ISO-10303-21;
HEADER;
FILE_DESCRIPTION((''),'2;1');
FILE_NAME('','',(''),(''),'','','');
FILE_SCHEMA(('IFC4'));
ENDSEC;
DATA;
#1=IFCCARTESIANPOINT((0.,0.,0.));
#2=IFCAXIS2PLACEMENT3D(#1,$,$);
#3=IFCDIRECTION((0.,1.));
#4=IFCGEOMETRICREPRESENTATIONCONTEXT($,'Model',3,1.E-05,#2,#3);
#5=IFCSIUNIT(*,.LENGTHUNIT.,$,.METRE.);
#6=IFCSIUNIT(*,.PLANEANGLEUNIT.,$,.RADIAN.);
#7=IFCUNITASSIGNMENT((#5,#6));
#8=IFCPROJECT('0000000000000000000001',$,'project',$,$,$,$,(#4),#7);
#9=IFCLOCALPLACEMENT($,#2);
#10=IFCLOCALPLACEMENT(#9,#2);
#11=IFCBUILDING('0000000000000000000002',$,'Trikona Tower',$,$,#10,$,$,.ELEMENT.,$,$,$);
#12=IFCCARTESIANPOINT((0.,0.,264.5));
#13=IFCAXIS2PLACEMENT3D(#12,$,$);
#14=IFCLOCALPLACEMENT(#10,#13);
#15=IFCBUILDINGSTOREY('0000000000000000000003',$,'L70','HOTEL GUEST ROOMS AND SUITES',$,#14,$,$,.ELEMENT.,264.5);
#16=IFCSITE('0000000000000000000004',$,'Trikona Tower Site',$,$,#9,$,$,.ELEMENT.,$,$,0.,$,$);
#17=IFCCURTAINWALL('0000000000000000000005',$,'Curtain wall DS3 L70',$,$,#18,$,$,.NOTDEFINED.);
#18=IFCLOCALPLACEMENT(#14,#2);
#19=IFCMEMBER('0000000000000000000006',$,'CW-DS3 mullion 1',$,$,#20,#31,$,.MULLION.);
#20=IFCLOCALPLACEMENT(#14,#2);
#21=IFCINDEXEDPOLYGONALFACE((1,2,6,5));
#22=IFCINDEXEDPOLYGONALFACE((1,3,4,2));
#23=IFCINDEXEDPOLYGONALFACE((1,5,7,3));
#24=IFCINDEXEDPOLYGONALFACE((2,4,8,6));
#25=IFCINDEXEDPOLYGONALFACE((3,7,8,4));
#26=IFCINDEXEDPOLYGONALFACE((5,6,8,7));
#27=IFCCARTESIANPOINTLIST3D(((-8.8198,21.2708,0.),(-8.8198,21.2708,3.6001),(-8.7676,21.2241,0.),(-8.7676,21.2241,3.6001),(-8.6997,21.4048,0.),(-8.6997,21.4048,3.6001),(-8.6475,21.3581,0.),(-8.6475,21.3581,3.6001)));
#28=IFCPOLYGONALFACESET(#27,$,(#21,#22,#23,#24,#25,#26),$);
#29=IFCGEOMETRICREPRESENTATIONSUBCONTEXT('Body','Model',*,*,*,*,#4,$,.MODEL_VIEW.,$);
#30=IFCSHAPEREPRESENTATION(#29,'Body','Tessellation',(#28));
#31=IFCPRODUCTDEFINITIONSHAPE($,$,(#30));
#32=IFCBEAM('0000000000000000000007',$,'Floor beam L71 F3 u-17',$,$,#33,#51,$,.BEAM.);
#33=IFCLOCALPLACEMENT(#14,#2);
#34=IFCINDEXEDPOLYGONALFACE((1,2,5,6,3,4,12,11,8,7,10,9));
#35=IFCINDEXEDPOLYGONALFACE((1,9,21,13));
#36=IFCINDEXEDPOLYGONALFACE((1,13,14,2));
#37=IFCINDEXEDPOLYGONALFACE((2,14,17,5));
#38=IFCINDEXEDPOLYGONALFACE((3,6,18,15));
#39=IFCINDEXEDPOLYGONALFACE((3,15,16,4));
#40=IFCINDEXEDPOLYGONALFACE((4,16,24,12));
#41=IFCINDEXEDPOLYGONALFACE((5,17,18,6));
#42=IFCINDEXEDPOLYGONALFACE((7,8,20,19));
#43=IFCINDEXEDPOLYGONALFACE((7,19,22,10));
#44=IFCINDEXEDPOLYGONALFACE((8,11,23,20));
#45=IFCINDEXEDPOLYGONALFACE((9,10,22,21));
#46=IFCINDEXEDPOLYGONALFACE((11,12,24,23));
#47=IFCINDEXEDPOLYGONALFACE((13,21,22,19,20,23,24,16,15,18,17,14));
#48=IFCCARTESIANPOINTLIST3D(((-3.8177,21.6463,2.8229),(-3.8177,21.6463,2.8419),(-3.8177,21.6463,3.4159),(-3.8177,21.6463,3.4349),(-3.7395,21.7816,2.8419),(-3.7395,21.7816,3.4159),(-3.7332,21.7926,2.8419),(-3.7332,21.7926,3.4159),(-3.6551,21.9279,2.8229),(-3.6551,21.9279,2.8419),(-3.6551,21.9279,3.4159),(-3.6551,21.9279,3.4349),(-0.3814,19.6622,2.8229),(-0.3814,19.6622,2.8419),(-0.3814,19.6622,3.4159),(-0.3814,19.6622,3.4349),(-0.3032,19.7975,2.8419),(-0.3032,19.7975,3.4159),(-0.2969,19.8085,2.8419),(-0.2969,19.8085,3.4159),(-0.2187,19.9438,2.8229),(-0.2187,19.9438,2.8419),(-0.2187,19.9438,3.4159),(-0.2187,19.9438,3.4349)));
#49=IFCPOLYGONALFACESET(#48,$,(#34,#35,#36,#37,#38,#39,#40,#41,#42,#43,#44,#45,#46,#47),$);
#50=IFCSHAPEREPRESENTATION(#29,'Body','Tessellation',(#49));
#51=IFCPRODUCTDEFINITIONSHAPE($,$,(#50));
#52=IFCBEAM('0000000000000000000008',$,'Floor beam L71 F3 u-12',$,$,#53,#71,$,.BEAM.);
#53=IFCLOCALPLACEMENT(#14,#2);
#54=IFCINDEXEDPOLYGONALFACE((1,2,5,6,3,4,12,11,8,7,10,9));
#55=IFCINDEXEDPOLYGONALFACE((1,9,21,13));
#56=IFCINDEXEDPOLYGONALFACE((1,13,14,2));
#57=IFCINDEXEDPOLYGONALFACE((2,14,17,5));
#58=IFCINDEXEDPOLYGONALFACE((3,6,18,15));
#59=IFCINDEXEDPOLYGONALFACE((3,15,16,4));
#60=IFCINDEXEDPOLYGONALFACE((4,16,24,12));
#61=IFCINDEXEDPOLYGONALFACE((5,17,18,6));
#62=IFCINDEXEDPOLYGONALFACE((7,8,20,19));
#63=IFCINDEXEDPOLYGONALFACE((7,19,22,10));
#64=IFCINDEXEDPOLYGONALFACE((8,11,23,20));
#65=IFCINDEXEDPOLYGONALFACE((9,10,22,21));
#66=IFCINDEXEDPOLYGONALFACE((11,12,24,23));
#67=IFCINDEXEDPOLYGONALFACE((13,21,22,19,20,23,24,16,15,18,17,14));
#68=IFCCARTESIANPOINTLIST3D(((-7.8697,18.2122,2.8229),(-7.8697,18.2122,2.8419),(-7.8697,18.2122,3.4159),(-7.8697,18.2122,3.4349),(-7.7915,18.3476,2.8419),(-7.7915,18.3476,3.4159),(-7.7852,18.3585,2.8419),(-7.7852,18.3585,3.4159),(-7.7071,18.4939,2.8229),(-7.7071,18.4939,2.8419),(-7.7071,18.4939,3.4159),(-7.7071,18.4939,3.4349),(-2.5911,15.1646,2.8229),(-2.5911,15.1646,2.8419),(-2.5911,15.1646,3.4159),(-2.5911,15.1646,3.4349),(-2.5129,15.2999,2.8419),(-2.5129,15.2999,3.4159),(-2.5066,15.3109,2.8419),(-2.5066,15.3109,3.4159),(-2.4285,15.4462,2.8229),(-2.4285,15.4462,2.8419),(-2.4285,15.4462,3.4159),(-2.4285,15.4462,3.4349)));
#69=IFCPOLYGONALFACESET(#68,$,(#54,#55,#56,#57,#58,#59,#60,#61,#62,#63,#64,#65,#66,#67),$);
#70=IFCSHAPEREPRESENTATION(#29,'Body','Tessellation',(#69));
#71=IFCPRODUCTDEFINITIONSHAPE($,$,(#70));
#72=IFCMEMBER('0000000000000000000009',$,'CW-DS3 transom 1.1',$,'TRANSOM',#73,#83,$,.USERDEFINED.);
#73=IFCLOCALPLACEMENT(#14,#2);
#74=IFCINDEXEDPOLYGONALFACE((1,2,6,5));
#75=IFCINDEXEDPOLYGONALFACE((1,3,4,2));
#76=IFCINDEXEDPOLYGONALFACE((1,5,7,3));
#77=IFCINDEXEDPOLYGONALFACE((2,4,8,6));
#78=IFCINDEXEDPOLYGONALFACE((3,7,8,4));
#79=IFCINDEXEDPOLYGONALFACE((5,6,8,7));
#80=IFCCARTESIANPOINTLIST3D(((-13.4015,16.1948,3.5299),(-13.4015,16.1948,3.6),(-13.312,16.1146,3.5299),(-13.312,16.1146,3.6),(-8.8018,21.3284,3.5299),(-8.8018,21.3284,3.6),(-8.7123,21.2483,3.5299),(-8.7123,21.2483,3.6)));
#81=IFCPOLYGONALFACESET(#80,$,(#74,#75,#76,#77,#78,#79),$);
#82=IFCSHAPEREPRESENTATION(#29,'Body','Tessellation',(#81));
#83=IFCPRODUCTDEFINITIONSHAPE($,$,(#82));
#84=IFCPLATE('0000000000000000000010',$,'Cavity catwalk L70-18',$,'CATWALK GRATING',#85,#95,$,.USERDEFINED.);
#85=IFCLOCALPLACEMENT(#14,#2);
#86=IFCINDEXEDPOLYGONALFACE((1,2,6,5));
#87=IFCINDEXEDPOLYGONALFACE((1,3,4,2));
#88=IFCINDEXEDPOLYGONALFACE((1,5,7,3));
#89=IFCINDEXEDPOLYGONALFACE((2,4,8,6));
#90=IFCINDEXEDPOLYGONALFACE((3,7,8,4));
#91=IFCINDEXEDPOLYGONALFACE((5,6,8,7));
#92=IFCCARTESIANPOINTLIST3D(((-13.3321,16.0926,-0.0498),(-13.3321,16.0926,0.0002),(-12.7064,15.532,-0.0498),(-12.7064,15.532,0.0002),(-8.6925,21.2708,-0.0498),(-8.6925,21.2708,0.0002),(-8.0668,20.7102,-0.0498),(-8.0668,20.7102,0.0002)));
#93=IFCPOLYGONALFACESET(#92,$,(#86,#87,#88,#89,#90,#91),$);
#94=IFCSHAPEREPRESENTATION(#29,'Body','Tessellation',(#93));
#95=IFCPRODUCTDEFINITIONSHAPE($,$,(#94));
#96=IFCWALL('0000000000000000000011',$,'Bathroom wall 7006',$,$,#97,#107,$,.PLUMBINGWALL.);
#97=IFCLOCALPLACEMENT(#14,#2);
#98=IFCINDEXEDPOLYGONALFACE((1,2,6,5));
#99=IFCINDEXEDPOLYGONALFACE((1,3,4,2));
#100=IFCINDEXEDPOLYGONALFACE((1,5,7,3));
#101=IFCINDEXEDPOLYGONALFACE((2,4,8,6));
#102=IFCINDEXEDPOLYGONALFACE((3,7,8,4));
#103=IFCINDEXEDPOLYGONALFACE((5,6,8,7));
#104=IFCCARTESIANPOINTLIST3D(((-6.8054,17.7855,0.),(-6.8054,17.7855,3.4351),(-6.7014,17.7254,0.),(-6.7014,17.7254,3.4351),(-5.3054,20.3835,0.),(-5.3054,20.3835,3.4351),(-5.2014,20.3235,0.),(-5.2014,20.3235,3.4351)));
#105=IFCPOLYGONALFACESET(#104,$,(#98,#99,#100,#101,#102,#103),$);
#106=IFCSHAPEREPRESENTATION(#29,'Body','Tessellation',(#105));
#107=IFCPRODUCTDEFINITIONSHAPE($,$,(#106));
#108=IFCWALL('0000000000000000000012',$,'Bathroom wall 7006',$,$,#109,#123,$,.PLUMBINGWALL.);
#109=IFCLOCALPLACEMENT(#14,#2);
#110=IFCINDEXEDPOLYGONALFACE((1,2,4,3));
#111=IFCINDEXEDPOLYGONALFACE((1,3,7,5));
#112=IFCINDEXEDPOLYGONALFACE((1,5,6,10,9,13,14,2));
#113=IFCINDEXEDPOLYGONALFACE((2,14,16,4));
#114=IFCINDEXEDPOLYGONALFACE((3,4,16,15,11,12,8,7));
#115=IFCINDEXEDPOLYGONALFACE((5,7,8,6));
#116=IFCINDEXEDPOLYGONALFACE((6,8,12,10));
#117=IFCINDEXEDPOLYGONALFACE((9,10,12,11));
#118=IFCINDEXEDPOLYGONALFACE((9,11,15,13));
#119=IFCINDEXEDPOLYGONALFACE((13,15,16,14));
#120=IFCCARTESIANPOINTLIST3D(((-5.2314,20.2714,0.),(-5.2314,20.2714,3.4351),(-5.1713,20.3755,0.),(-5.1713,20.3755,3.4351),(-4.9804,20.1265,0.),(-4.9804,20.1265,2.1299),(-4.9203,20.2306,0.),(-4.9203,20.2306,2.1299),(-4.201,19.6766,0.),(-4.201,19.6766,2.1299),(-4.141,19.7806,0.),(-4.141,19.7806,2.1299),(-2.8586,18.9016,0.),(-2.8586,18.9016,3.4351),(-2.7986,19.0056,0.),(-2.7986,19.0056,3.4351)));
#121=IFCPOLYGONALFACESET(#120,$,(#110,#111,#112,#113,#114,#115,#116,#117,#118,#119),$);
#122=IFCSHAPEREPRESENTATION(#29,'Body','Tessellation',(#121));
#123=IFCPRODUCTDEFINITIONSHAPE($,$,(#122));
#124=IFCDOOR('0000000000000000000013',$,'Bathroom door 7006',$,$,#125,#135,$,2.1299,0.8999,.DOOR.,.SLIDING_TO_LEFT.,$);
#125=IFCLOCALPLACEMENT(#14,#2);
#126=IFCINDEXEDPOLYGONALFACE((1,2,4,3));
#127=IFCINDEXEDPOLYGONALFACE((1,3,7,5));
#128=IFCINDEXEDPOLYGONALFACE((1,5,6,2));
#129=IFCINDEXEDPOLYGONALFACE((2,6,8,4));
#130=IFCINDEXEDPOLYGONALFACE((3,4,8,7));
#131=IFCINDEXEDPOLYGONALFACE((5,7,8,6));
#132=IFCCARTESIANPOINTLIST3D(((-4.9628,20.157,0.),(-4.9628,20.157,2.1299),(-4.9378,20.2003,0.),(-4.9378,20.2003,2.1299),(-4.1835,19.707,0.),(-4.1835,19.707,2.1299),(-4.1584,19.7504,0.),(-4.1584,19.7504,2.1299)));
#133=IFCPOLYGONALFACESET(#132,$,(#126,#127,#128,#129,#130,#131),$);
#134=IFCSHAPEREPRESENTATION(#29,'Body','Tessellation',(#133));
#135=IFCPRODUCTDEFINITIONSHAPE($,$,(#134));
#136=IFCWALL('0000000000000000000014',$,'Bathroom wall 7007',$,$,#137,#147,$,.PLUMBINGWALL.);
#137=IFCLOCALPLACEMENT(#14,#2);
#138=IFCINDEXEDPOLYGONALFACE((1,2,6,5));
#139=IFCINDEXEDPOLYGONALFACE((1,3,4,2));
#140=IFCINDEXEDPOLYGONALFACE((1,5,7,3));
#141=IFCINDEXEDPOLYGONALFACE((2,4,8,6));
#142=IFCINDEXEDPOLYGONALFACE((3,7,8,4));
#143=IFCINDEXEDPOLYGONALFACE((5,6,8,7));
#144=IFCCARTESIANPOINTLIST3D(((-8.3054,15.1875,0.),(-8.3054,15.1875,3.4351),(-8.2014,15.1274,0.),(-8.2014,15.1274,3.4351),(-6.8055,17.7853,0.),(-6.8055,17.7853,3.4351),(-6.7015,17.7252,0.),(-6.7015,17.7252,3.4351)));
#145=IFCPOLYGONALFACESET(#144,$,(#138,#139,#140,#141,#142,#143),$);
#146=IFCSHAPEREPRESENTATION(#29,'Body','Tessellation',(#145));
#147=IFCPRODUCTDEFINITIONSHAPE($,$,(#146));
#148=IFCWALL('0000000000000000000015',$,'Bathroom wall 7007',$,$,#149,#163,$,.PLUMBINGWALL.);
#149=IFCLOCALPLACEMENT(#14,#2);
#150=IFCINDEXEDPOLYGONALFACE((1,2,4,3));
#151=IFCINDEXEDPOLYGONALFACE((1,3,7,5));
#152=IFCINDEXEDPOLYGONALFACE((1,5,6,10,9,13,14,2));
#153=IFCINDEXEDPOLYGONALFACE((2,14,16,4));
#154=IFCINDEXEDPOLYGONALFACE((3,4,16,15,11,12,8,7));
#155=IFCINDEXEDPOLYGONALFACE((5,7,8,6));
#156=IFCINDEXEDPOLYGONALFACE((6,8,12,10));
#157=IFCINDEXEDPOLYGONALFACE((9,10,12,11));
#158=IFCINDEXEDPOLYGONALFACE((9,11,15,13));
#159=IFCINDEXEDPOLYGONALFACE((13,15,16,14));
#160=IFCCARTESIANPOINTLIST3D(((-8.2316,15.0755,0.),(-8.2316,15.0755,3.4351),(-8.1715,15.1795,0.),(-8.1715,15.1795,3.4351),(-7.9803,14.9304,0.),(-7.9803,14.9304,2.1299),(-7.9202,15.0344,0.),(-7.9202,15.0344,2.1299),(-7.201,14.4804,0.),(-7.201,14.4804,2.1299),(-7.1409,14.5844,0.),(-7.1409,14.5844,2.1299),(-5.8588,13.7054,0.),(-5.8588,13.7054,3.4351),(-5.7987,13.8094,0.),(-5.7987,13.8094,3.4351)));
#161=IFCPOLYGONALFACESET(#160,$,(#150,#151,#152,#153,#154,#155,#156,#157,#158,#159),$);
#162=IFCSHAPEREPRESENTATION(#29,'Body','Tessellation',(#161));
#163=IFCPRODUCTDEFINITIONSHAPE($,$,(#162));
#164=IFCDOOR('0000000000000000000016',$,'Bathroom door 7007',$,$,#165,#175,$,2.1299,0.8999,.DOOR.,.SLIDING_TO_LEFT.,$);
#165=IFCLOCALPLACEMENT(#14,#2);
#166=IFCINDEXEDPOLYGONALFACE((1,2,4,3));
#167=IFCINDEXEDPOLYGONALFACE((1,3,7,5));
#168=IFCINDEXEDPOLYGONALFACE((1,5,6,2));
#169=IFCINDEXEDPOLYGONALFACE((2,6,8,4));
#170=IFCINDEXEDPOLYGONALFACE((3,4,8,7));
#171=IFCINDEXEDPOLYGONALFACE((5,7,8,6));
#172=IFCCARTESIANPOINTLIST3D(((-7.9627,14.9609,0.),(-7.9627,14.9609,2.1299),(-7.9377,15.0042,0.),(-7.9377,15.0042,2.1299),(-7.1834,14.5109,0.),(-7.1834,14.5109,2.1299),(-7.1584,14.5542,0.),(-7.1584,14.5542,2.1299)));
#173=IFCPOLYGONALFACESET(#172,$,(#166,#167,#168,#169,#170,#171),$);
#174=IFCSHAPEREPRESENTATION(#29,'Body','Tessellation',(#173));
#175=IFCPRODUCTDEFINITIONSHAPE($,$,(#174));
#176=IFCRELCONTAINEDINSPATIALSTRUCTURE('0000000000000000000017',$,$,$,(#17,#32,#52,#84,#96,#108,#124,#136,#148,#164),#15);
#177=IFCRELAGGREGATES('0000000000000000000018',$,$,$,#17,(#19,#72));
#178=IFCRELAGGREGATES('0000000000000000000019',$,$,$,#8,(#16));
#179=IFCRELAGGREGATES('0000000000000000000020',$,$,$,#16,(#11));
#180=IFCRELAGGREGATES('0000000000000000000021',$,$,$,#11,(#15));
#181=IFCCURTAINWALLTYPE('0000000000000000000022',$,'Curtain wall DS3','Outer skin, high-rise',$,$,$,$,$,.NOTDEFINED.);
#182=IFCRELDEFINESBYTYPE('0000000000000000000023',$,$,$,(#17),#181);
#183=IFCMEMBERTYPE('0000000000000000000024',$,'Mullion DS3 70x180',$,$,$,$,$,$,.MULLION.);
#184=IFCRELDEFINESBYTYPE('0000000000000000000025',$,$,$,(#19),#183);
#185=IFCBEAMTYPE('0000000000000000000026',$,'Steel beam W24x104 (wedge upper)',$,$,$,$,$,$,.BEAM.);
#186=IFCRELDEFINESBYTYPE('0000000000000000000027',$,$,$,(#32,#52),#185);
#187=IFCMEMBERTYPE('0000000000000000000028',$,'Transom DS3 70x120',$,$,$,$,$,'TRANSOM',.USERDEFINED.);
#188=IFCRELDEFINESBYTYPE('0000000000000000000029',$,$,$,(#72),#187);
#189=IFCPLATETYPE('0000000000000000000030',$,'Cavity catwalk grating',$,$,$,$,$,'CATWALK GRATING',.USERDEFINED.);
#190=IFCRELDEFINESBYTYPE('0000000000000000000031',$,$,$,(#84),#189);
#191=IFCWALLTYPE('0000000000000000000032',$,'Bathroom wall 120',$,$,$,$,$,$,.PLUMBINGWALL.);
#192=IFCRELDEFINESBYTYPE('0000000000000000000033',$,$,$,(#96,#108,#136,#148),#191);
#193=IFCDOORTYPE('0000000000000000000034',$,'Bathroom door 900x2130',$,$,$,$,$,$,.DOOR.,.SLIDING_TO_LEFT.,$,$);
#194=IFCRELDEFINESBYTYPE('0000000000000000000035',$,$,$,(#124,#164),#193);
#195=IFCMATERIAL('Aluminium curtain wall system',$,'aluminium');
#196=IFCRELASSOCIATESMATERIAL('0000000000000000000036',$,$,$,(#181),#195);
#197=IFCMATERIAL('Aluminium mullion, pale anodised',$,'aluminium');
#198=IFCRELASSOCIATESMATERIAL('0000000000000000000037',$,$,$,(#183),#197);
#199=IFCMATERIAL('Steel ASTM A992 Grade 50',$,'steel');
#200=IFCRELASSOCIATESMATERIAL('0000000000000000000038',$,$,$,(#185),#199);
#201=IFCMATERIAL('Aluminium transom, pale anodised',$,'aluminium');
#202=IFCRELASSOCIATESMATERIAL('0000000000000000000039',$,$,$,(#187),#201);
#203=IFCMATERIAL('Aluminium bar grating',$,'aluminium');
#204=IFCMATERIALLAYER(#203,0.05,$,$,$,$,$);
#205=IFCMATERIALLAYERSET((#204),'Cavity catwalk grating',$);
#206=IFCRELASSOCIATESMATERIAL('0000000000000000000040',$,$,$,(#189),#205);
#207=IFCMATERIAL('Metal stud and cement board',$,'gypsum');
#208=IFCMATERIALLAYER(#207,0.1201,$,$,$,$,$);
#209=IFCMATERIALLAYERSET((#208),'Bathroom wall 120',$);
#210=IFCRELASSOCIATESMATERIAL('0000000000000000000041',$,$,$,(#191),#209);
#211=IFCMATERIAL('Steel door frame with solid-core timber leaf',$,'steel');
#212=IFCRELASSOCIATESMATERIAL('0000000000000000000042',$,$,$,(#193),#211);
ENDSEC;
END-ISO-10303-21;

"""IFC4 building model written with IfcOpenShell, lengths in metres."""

from ifc_helpers import new_model, si_unit, direction, frame, frame_2d, origin, origin_2d, place, context, subcontext, project, spatial, rectangle, i_section, extrude, material, layer, layer_set, material_profile, profile_set, type_object, element, fill, aggregate, save


model = new_model("IFC4")

# Units and contexts
model_context = context("Model", 3, precision=1e-05, world=origin(), true_north=direction((0.0, 1.0)))
body_context = subcontext(model_context, "Body", "Model", "MODEL_VIEW")
ifc_project = project(units=[si_unit("LENGTHUNIT", "METRE"), si_unit("PLANEANGLEUNIT", "RADIAN")], contexts=[model_context])

# Site, building, storey
site_placement = place(None, origin())
site = spatial("IfcSite", under=ifc_project, at=site_placement, Name="Trikona Tower Site", CompositionType="ELEMENT", RefElevation=0.0)
building_placement = place(site_placement, origin())
building = spatial("IfcBuilding", under=site, at=building_placement, Name="Trikona Tower", CompositionType="ELEMENT")
storey_placement = place(building_placement, frame((0.0, 0.0, 264.5)))
storey = spatial("IfcBuildingStorey", under=building, at=storey_placement, Name="L70", Description="HOTEL GUEST ROOMS AND SUITES", CompositionType="ELEMENT", Elevation=264.5)

# Curtain wall, member
ifc_material_1 = material(Name="Aluminium curtain wall system", Category="aluminium")
curtain_wall_type = type_object("IfcCurtainWallType", Name="Curtain wall DS3", Description="Outer skin, high-rise", PredefinedType="NOTDEFINED", material=ifc_material_1)
curtain_wall_placement = place(storey_placement, origin())
curtain_wall = element("IfcCurtainWall", 1, at=curtain_wall_placement, inside=storey, type_object=curtain_wall_type, Name="Curtain wall DS3 L70", PredefinedType="NOTDEFINED")
ifc_material_2 = material(Name="Aluminium mullion, pale anodised", Category="aluminium")
ifc_material_profile_1 = material_profile(ifc_material_2, rectangle(XDim=0.0701, YDim=0.1799, at=origin_2d()), Name="MUL-DS3")
ifc_profile_set_1 = profile_set([ifc_material_profile_1], Name="Aluminium mullion, pale anodised")
member_type_1 = type_object("IfcMemberType", Name="Mullion DS3 70x180", PredefinedType="MULLION", material=ifc_profile_set_1)
member_1_placement = place(storey_placement, frame((-8.7336, 21.3145, 0.0), z_axis=(0.0, 0.0, 1.0), x_axis=(0.744771, -0.66732, 0.0)))
member_1 = element("IfcMember", 2, at=member_1_placement, type_object=member_type_1, Name="CW-DS3 mullion 1", PredefinedType="MULLION", context=body_context, shape_type="SweptSolid", body=[
    extrude(rectangle(XDim=0.0701, YDim=0.1799, at=origin_2d()), origin(), (0.0, 0.0, 1.0), 3.6001),
])

# Beams
ifc_material_3 = material(Name="Steel ASTM A992 Grade 50", Category="steel")
ifc_material_profile_2 = material_profile(ifc_material_3, i_section(OverallWidth=0.3252, OverallDepth=0.6121, WebThickness=0.0127, FlangeThickness=0.019, at=origin_2d()), Name="W24X104")
ifc_profile_set_2 = profile_set([ifc_material_profile_2], Name="Steel ASTM A992 Grade 50")
beam_type = type_object("IfcBeamType", Name="Steel beam W24x104 (wedge upper)", PredefinedType="BEAM", material=ifc_profile_set_2)
beam_1_placement = place(storey_placement, frame((-0.3, 19.803, 3.1289), z_axis=(-0.866004, 0.500037, 0.0), x_axis=(-0.500037, -0.866004, 0.0)))
element("IfcBeam", 3, at=beam_1_placement, inside=storey, type_object=beam_type, Name="Floor beam L71 F3 u-17", PredefinedType="BEAM", context=body_context, shape_type="SweptSolid", body=[
    extrude(i_section(OverallWidth=0.3252, OverallDepth=0.6121, WebThickness=0.0127, FlangeThickness=0.019, at=origin_2d()), origin(), (0.0, 0.0, 1.0), 3.968),
])
beam_2_placement = place(storey_placement, frame((-2.5098, 15.3054, 3.1289), z_axis=(-0.866023, 0.500003, 0.0), x_axis=(-0.500003, -0.866023, 0.0)))
element("IfcBeam", 4, at=beam_2_placement, inside=storey, type_object=beam_type, Name="Floor beam L71 F3 u-12", PredefinedType="BEAM", context=body_context, shape_type="SweptSolid", body=[
    extrude(i_section(OverallWidth=0.3252, OverallDepth=0.6121, WebThickness=0.0127, FlangeThickness=0.019, at=origin_2d()), origin(), (0.0, 0.0, 1.0), 6.0952),
])

# Member
ifc_material_4 = material(Name="Aluminium transom, pale anodised", Category="aluminium")
ifc_material_profile_3 = material_profile(ifc_material_4, rectangle(XDim=0.1201, YDim=0.0701, at=origin_2d()), Name="TRN-DS3")
ifc_profile_set_3 = profile_set([ifc_material_profile_3], Name="Aluminium transom, pale anodised")
member_type_2 = type_object("IfcMemberType", Name="Transom DS3 70x120", ElementType="TRANSOM", PredefinedType="USERDEFINED", material=ifc_profile_set_3)
member_2_placement = place(storey_placement, frame((-8.7571, 21.2883, 3.5649), z_axis=(-0.667313, -0.744777, 0.0), x_axis=(0.744777, -0.667313, 0.0)))
member_2 = element("IfcMember", 5, at=member_2_placement, type_object=member_type_2, Name="CW-DS3 transom 1.1", ObjectType="TRANSOM", PredefinedType="USERDEFINED", context=body_context, shape_type="SweptSolid", body=[
    extrude(rectangle(XDim=0.1201, YDim=0.0701, at=origin_2d()), origin(), (0.0, 0.0, 1.0), 6.8928),
])
aggregate(curtain_wall, [member_1, member_2])

# Plate
ifc_material_5 = material(Name="Aluminium bar grating", Category="aluminium")
ifc_layer_1 = layer(ifc_material_5, 0.05)
ifc_layer_set_1 = layer_set([ifc_layer_1], Name="Cavity catwalk grating")
plate_type = type_object("IfcPlateType", Name="Cavity catwalk grating", ElementType="CATWALK GRATING", PredefinedType="USERDEFINED", material=ifc_layer_set_1)
plate_placement = place(storey_placement, frame((-10.6995, 18.4014, -0.0498), z_axis=(0.0, 0.0, 1.0), x_axis=(-0.667311, -0.744779, 0.0)))
element("IfcPlate", 6, at=plate_placement, inside=storey, type_object=plate_type, Name="Cavity catwalk L70-18", ObjectType="CATWALK GRATING", PredefinedType="USERDEFINED", context=body_context, shape_type="SweptSolid", body=[
    extrude(rectangle(XDim=6.9526, YDim=0.8401, at=origin_2d()), origin(), (0.0, 0.0, 1.0), 0.05),
])

# Wall
ifc_material_6 = material(Name="Metal stud and cement board", Category="gypsum")
ifc_layer_2 = layer(ifc_material_6, 0.1201)
ifc_layer_set_2 = layer_set([ifc_layer_2], Name="Bathroom wall 120")
wall_type_1 = type_object("IfcWallType", Name="Bathroom wall 120", PredefinedType="PLUMBINGWALL", material=ifc_layer_set_2)
wall_1_placement = place(storey_placement, frame((-5.2534, 20.3535, 0.0), z_axis=(0.0, 0.0, 1.0), x_axis=(-0.49999, -0.866031, 0.0)))
element("IfcWall", 7, at=wall_1_placement, inside=storey, type_object=wall_type_1, Name="Bathroom wall 7006", PredefinedType="PLUMBINGWALL", context=body_context, shape_type="SweptSolid", body=[
    extrude(rectangle(XDim=3.0, YDim=0.1201, at=frame_2d((1.5, 0.0))), origin(), (0.0, 0.0, 1.0), 3.4351),
])

# Wall, opening, door
wall_2_placement = place(storey_placement, frame((-2.8286, 18.9536, 0.0), z_axis=(0.0, 0.0, 1.0), x_axis=(-0.866036, 0.499982, 0.0)))
wall_2 = element("IfcWall", 8, at=wall_2_placement, inside=storey, type_object=wall_type_1, Name="Bathroom wall 7006", PredefinedType="PLUMBINGWALL", context=body_context, shape_type="SweptSolid", body=[
    extrude(rectangle(XDim=2.7397, YDim=0.1201, at=frame_2d((1.3699, 0.0))), origin(), (0.0, 0.0, 1.0), 3.4351),
])
opening_1_placement = place(wall_2_placement, frame((1.55, 0.0, 0.0)))
opening_1 = element("IfcOpeningElement", 9, at=opening_1_placement, cuts=wall_2, PredefinedType="OPENING", context=body_context, shape_type="SweptSolid", body=[
    extrude(rectangle(XDim=0.8999, YDim=2.1299, at=frame_2d((0.45, 1.0649))), frame((0.0, 0.0701, 0.0), z_axis=(0.0, -1.0, 0.0), x_axis=(1.0, 0.0, 0.0)), (0.0, 0.0, 1.0), 0.1401),
])
ifc_material_7 = material(Name="Steel door frame with solid-core timber leaf", Category="steel")
door_type_1 = type_object("IfcDoorType", Name="Bathroom door 900x2130", OperationType="SLIDING_TO_LEFT", PredefinedType="DOOR", material=ifc_material_7)
door_1_placement = place(opening_1_placement, origin())
door_1 = element("IfcDoor", 10, at=door_1_placement, inside=storey, type_object=door_type_1, Name="Bathroom door 7006", OperationType="SLIDING_TO_LEFT", OverallHeight=2.1299, OverallWidth=0.8999, PredefinedType="DOOR", context=body_context, shape_type="SweptSolid", body=[
    extrude(rectangle(XDim=0.8999, YDim=2.1299, at=frame_2d((0.45, 1.0649))), frame((0.0, 0.0249, 0.0), z_axis=(0.0, -1.0, 0.0), x_axis=(1.0, 0.0, 0.0)), (0.0, 0.0, 1.0), 0.05),
])
fill(opening_1, door_1)

# Wall
wall_3_placement = place(storey_placement, frame((-6.7534, 17.7554, 0.0), z_axis=(0.0, 0.0, 1.0), x_axis=(-0.500025, -0.866011, 0.0)))
element("IfcWall", 11, at=wall_3_placement, inside=storey, type_object=wall_type_1, Name="Bathroom wall 7007", PredefinedType="PLUMBINGWALL", context=body_context, shape_type="SweptSolid", body=[
    extrude(rectangle(XDim=2.9998, YDim=0.1201, at=frame_2d((1.5, 0.0))), origin(), (0.0, 0.0, 1.0), 3.4351),
])

# Wall, opening, door
wall_4_placement = place(storey_placement, frame((-5.8286, 13.7573, 0.0), z_axis=(0.0, 0.0, 1.0), x_axis=(-0.865997, 0.500049, 0.0)))
wall_4 = element("IfcWall", 12, at=wall_4_placement, inside=storey, type_object=wall_type_1, Name="Bathroom wall 7007", PredefinedType="PLUMBINGWALL", context=body_context, shape_type="SweptSolid", body=[
    extrude(rectangle(XDim=2.74, YDim=0.1201, at=frame_2d((1.3701, 0.0))), origin(), (0.0, 0.0, 1.0), 3.4351),
])
opening_2_placement = place(wall_4_placement, frame((1.55, 0.0, 0.0)))
opening_2 = element("IfcOpeningElement", 13, at=opening_2_placement, cuts=wall_4, PredefinedType="OPENING", context=body_context, shape_type="SweptSolid", body=[
    extrude(rectangle(XDim=0.8999, YDim=2.1299, at=frame_2d((0.45, 1.0649))), frame((0.0, 0.0701, 0.0), z_axis=(0.0, -1.0, 0.0), x_axis=(1.0, 0.0, 0.0)), (0.0, 0.0, 1.0), 0.1401),
])
door_2_placement = place(opening_2_placement, origin())
door_2 = element("IfcDoor", 14, at=door_2_placement, inside=storey, type_object=door_type_1, Name="Bathroom door 7007", OperationType="SLIDING_TO_LEFT", OverallHeight=2.1299, OverallWidth=0.8999, PredefinedType="DOOR", context=body_context, shape_type="SweptSolid", body=[
    extrude(rectangle(XDim=0.8999, YDim=2.1299, at=frame_2d((0.45, 1.0649))), frame((0.0, 0.0249, 0.0), z_axis=(0.0, -1.0, 0.0), x_axis=(1.0, 0.0, 0.0)), (0.0, 0.0, 1.0), 0.05),
])
fill(opening_2, door_2)

save(model, "model.ifc")
